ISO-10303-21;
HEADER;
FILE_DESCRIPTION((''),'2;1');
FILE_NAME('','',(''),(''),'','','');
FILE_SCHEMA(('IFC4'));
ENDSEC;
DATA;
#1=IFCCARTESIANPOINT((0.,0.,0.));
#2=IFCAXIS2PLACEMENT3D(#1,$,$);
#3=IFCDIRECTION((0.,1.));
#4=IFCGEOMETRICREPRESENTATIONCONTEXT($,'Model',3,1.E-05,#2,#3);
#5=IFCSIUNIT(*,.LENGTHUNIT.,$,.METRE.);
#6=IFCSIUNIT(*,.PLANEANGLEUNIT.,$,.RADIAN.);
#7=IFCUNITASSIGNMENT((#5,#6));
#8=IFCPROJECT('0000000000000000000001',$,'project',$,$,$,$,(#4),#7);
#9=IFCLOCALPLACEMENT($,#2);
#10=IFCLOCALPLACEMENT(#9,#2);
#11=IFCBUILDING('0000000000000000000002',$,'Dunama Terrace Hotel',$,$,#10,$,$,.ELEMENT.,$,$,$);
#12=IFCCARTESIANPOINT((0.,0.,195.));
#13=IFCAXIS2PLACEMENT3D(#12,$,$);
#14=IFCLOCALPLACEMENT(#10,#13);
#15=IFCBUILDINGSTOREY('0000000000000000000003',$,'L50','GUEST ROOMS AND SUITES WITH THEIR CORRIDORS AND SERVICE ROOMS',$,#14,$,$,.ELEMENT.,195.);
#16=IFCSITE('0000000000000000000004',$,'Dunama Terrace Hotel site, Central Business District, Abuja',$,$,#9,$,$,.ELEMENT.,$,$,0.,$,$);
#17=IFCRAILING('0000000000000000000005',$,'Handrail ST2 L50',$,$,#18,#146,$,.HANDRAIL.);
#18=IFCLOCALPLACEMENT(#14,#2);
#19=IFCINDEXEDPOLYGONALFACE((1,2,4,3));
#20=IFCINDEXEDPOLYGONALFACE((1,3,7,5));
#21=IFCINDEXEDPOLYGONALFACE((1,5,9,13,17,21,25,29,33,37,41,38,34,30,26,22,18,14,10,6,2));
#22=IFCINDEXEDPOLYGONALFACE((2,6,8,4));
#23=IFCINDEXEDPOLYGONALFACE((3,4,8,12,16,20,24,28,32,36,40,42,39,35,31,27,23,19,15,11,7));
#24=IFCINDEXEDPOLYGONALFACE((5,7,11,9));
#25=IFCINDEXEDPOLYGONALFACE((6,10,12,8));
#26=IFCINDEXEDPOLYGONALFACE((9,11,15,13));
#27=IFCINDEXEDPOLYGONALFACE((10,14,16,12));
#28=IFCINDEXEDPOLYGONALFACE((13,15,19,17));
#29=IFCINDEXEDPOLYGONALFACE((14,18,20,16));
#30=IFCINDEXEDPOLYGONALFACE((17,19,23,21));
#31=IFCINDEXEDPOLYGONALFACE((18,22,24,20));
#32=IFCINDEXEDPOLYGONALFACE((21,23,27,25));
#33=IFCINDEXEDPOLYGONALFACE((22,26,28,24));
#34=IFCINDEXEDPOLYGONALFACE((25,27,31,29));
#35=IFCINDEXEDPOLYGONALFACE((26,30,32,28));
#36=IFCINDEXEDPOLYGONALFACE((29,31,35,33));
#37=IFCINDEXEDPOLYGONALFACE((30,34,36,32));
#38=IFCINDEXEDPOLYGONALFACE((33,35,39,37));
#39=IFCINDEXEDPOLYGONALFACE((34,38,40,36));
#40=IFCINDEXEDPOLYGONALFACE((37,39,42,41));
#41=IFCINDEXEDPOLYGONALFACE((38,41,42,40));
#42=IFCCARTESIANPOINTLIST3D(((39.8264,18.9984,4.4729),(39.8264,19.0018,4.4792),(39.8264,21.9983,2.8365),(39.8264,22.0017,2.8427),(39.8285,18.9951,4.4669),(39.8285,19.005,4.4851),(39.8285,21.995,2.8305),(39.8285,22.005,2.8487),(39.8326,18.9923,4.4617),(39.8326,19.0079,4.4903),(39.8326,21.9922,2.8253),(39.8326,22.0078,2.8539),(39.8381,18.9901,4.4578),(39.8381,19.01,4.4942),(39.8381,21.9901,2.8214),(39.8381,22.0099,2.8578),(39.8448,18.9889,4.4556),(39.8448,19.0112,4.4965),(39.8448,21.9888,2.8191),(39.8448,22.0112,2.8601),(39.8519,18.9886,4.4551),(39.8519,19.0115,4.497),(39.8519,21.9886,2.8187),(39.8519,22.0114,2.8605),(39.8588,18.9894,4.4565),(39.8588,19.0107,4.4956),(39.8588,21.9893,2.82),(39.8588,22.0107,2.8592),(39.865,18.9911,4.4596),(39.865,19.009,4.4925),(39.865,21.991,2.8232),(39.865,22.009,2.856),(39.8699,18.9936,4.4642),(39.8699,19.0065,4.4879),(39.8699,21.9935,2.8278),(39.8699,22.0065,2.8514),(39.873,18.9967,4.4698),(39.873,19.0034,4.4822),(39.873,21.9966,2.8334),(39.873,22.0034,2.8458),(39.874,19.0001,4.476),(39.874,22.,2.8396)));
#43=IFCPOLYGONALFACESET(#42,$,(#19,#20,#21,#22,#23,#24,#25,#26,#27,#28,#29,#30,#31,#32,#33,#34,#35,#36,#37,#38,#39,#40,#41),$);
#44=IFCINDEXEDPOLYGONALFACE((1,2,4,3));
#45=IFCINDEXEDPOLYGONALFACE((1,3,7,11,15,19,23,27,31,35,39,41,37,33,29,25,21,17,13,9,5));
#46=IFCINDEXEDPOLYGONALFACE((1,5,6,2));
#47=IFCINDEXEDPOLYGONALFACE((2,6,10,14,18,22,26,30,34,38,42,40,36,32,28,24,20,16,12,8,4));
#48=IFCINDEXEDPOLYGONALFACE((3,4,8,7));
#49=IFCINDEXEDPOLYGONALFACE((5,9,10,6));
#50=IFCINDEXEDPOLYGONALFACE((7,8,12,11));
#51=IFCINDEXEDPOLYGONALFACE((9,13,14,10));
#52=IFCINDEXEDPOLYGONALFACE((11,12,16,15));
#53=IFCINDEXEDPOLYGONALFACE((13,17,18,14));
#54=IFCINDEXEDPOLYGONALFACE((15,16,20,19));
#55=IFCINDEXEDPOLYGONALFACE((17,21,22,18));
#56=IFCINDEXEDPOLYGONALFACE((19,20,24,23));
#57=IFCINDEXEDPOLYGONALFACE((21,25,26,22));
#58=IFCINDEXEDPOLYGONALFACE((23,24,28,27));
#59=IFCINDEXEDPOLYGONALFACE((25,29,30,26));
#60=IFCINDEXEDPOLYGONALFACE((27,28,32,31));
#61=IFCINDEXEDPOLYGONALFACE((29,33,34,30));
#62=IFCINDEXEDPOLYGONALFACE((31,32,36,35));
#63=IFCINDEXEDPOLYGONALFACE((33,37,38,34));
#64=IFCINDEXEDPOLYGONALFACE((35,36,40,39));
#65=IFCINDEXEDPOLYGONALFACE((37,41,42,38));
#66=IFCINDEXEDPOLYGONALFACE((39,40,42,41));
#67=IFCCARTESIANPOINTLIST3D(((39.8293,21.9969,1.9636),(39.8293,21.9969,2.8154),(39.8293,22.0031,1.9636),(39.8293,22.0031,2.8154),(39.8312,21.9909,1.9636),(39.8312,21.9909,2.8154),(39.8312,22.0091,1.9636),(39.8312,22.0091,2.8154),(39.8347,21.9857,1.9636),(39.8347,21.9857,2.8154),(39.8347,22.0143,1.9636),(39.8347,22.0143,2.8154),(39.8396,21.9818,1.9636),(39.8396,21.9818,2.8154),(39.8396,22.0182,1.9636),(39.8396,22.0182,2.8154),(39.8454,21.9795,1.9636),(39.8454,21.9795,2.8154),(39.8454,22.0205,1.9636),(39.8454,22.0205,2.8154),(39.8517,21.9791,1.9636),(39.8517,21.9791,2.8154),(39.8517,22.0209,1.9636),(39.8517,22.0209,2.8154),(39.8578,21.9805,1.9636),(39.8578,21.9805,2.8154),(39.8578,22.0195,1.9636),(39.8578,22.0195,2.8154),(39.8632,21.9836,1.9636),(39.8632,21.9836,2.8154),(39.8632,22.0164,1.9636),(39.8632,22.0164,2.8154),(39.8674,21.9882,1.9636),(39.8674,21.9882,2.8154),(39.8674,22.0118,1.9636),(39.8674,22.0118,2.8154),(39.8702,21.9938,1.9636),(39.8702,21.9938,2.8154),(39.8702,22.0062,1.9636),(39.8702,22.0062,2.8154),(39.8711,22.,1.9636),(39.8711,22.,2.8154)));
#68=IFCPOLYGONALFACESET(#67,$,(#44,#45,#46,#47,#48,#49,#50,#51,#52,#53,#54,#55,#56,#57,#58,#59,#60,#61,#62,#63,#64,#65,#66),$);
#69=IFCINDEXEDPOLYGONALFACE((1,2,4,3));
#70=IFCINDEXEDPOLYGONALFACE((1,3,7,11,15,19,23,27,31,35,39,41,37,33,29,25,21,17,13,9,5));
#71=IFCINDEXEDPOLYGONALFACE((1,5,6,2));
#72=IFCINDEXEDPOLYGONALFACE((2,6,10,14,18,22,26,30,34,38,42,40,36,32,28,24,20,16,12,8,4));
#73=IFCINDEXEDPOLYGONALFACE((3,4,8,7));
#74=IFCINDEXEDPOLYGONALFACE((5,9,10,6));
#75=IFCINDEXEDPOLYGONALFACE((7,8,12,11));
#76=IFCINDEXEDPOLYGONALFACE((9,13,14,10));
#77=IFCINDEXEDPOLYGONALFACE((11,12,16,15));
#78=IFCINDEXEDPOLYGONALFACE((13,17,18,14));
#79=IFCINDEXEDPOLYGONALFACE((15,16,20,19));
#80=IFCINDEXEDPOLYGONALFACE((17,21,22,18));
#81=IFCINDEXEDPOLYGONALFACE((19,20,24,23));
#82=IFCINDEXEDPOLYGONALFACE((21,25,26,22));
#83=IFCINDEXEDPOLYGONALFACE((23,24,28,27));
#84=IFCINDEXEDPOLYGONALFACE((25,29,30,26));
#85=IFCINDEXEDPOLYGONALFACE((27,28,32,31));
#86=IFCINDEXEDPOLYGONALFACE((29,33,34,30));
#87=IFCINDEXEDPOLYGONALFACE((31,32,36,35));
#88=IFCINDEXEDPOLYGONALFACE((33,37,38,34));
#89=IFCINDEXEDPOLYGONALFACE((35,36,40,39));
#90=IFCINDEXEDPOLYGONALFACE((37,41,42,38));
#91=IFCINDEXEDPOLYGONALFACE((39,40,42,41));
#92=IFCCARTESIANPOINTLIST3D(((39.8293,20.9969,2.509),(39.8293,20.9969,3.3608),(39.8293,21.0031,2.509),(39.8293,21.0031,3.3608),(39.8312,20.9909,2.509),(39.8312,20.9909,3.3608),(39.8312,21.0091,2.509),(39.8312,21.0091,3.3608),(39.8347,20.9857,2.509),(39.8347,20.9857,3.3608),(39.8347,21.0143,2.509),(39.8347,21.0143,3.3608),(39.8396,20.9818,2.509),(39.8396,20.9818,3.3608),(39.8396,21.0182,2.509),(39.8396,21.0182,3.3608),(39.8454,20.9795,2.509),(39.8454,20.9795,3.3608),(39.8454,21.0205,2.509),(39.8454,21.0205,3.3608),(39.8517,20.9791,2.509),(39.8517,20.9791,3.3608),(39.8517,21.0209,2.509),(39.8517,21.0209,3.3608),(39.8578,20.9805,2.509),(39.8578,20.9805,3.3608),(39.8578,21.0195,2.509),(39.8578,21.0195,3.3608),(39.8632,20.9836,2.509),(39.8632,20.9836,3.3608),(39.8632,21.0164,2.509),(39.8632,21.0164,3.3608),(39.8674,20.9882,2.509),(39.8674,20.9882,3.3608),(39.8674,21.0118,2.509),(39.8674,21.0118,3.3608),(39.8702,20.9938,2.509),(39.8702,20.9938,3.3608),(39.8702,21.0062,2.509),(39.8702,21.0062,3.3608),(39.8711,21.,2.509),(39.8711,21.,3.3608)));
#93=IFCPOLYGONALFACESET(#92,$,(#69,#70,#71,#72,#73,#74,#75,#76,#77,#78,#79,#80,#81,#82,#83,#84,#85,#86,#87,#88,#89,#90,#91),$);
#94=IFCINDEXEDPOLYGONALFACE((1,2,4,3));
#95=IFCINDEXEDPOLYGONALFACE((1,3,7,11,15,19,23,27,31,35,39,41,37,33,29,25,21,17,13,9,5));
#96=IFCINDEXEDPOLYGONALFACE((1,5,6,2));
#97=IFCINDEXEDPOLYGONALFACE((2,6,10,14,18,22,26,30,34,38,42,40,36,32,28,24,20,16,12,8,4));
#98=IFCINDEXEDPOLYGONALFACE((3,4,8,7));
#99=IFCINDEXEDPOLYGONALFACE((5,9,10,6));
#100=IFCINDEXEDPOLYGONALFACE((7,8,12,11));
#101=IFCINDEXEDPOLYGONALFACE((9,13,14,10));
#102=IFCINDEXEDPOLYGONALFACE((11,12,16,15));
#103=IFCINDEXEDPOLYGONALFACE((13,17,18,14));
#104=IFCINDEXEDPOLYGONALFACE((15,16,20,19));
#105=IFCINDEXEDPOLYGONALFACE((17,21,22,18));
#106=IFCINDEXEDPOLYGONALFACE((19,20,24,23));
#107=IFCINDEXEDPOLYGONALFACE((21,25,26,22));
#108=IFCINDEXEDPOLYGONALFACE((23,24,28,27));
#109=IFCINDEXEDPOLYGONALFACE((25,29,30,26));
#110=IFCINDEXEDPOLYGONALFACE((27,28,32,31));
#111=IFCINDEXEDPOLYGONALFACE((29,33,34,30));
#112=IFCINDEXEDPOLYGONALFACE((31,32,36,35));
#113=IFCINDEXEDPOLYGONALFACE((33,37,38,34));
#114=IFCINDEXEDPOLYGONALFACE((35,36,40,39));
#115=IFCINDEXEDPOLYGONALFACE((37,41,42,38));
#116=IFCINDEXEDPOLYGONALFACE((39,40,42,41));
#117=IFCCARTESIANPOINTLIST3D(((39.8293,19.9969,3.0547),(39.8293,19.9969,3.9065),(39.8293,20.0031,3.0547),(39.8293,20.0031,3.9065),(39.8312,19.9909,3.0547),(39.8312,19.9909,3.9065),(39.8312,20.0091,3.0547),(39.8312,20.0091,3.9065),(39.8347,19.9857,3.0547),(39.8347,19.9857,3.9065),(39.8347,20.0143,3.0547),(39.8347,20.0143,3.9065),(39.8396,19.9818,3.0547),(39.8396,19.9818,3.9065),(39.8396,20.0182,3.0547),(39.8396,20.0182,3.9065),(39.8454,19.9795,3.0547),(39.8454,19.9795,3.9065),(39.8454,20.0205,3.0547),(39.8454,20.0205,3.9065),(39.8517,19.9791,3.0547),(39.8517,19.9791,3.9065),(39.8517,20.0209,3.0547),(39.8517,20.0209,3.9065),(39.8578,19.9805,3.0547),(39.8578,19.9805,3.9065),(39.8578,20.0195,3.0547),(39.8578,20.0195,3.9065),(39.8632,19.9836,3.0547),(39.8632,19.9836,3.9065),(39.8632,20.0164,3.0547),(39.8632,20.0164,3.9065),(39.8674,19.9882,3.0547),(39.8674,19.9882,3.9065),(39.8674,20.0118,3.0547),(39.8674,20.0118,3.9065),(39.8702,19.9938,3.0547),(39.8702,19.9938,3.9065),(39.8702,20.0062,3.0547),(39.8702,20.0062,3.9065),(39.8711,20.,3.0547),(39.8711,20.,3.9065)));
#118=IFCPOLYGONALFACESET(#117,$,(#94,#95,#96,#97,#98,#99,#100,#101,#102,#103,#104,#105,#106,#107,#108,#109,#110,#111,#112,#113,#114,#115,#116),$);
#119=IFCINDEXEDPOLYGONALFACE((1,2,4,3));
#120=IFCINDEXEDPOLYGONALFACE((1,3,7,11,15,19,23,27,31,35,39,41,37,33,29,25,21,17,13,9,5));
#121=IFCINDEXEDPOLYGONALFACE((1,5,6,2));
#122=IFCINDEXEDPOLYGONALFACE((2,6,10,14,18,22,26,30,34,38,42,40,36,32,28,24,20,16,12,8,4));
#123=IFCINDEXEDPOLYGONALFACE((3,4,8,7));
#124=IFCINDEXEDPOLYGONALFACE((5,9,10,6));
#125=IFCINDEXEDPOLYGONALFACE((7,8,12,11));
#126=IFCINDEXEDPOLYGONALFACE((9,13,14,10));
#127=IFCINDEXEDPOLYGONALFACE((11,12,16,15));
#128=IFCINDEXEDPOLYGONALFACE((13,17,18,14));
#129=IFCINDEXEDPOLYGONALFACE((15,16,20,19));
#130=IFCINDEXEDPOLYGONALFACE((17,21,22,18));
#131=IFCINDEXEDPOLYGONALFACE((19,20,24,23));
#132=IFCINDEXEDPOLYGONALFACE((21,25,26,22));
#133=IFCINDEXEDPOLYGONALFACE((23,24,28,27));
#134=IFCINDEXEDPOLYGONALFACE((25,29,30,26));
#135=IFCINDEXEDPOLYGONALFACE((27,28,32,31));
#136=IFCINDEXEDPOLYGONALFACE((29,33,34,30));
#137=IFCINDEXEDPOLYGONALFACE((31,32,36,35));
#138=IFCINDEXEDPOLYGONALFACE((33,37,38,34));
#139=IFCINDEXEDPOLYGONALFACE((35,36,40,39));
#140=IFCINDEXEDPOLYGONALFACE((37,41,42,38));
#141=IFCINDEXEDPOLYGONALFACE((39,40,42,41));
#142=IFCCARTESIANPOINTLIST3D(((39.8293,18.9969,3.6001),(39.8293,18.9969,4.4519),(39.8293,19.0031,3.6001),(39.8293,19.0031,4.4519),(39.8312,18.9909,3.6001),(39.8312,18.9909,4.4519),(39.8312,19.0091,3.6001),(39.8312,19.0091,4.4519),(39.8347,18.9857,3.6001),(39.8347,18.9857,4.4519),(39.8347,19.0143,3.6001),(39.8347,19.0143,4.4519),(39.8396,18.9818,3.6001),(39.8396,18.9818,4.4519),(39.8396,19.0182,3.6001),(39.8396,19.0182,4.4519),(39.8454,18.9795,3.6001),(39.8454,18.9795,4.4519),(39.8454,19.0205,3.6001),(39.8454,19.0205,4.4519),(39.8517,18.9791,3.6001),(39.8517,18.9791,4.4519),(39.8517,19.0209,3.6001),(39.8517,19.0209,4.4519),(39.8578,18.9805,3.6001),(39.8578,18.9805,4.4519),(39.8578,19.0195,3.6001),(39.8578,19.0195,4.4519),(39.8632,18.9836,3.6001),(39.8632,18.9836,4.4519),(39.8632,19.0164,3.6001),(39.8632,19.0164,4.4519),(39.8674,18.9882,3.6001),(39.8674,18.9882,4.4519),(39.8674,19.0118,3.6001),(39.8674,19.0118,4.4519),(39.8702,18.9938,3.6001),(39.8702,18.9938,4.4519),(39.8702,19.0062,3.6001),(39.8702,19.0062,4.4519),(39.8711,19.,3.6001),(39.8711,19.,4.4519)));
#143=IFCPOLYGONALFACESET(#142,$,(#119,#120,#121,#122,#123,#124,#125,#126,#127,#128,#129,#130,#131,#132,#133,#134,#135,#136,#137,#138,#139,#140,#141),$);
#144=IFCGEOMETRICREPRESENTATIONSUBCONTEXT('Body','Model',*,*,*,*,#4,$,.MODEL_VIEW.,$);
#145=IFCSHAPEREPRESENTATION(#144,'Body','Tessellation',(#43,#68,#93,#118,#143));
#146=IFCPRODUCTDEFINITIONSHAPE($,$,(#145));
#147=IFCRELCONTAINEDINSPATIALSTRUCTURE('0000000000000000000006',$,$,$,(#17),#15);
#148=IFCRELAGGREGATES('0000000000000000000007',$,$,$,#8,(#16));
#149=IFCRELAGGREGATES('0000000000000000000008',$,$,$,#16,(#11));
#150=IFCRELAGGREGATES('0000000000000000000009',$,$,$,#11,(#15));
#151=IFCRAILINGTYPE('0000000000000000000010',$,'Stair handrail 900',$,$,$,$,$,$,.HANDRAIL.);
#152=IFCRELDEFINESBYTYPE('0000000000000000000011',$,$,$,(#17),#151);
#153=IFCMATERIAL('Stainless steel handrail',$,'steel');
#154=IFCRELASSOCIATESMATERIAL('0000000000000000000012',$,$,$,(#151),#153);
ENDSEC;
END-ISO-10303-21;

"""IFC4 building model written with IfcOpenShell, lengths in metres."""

from ifc_helpers import new_model, si_unit, direction, frame, origin, origin_2d, place, context, subcontext, project, spatial, circle, extrude, material, type_object, element, save


model = new_model("IFC4")

# Units and contexts
model_context = context("Model", 3, precision=1e-05, world=origin(), true_north=direction((0.0, 1.0)))
body_context = subcontext(model_context, "Body", "Model", "MODEL_VIEW")
ifc_project = project(units=[si_unit("LENGTHUNIT", "METRE"), si_unit("PLANEANGLEUNIT", "RADIAN")], contexts=[model_context])

# Site, building, storey
site_placement = place(None, origin())
site = spatial("IfcSite", under=ifc_project, at=site_placement, Name="Dunama Terrace Hotel site, Central Business District, Abuja", CompositionType="ELEMENT", RefElevation=0.0)
building_placement = place(site_placement, origin())
building = spatial("IfcBuilding", under=site, at=building_placement, Name="Dunama Terrace Hotel", CompositionType="ELEMENT")
storey_placement = place(building_placement, frame((0.0, 0.0, 195.0)))
storey = spatial("IfcBuildingStorey", under=building, at=storey_placement, Name="L50", Description="GUEST ROOMS AND SUITES WITH THEIR CORRIDORS AND SERVICE ROOMS", CompositionType="ELEMENT", Elevation=195.0)

# Railing
ifc_material_1 = material(Name="Stainless steel handrail", Category="steel")
railing_type = type_object("IfcRailingType", Name="Stair handrail 900", PredefinedType="HANDRAIL", material=ifc_material_1)
railing_1_placement = place(storey_placement, frame((39.8501, 22.0, 1.9636)))
element("IfcRailing", 1, at=railing_1_placement, inside=storey, type_object=railing_type, Name="Handrail ST2 L50", PredefinedType="HANDRAIL", context=body_context, shape_type="SweptSolid", body=[
    extrude(circle(Radius=0.0239, at=origin_2d()), frame((0.0, 0.0, 0.876), z_axis=(0.0, -0.877882, 0.478877), x_axis=(1.0, 0.0, 0.0)), (0.0, 0.0, 1.0), 3.4172),
    extrude(circle(Radius=0.021, at=origin_2d()), origin(), (0.0, 0.0, 1.0), 0.8518),
    extrude(circle(Radius=0.021, at=origin_2d()), frame((0.0, -1.0, 0.5454)), (0.0, 0.0, 1.0), 0.8518),
    extrude(circle(Radius=0.021, at=origin_2d()), frame((0.0, -2.0, 1.0911)), (0.0, 0.0, 1.0), 0.8518),
    extrude(circle(Radius=0.021, at=origin_2d()), frame((0.0, -3.0, 1.6365)), (0.0, 0.0, 1.0), 0.8518),
])

save(model, "model.ifc")
